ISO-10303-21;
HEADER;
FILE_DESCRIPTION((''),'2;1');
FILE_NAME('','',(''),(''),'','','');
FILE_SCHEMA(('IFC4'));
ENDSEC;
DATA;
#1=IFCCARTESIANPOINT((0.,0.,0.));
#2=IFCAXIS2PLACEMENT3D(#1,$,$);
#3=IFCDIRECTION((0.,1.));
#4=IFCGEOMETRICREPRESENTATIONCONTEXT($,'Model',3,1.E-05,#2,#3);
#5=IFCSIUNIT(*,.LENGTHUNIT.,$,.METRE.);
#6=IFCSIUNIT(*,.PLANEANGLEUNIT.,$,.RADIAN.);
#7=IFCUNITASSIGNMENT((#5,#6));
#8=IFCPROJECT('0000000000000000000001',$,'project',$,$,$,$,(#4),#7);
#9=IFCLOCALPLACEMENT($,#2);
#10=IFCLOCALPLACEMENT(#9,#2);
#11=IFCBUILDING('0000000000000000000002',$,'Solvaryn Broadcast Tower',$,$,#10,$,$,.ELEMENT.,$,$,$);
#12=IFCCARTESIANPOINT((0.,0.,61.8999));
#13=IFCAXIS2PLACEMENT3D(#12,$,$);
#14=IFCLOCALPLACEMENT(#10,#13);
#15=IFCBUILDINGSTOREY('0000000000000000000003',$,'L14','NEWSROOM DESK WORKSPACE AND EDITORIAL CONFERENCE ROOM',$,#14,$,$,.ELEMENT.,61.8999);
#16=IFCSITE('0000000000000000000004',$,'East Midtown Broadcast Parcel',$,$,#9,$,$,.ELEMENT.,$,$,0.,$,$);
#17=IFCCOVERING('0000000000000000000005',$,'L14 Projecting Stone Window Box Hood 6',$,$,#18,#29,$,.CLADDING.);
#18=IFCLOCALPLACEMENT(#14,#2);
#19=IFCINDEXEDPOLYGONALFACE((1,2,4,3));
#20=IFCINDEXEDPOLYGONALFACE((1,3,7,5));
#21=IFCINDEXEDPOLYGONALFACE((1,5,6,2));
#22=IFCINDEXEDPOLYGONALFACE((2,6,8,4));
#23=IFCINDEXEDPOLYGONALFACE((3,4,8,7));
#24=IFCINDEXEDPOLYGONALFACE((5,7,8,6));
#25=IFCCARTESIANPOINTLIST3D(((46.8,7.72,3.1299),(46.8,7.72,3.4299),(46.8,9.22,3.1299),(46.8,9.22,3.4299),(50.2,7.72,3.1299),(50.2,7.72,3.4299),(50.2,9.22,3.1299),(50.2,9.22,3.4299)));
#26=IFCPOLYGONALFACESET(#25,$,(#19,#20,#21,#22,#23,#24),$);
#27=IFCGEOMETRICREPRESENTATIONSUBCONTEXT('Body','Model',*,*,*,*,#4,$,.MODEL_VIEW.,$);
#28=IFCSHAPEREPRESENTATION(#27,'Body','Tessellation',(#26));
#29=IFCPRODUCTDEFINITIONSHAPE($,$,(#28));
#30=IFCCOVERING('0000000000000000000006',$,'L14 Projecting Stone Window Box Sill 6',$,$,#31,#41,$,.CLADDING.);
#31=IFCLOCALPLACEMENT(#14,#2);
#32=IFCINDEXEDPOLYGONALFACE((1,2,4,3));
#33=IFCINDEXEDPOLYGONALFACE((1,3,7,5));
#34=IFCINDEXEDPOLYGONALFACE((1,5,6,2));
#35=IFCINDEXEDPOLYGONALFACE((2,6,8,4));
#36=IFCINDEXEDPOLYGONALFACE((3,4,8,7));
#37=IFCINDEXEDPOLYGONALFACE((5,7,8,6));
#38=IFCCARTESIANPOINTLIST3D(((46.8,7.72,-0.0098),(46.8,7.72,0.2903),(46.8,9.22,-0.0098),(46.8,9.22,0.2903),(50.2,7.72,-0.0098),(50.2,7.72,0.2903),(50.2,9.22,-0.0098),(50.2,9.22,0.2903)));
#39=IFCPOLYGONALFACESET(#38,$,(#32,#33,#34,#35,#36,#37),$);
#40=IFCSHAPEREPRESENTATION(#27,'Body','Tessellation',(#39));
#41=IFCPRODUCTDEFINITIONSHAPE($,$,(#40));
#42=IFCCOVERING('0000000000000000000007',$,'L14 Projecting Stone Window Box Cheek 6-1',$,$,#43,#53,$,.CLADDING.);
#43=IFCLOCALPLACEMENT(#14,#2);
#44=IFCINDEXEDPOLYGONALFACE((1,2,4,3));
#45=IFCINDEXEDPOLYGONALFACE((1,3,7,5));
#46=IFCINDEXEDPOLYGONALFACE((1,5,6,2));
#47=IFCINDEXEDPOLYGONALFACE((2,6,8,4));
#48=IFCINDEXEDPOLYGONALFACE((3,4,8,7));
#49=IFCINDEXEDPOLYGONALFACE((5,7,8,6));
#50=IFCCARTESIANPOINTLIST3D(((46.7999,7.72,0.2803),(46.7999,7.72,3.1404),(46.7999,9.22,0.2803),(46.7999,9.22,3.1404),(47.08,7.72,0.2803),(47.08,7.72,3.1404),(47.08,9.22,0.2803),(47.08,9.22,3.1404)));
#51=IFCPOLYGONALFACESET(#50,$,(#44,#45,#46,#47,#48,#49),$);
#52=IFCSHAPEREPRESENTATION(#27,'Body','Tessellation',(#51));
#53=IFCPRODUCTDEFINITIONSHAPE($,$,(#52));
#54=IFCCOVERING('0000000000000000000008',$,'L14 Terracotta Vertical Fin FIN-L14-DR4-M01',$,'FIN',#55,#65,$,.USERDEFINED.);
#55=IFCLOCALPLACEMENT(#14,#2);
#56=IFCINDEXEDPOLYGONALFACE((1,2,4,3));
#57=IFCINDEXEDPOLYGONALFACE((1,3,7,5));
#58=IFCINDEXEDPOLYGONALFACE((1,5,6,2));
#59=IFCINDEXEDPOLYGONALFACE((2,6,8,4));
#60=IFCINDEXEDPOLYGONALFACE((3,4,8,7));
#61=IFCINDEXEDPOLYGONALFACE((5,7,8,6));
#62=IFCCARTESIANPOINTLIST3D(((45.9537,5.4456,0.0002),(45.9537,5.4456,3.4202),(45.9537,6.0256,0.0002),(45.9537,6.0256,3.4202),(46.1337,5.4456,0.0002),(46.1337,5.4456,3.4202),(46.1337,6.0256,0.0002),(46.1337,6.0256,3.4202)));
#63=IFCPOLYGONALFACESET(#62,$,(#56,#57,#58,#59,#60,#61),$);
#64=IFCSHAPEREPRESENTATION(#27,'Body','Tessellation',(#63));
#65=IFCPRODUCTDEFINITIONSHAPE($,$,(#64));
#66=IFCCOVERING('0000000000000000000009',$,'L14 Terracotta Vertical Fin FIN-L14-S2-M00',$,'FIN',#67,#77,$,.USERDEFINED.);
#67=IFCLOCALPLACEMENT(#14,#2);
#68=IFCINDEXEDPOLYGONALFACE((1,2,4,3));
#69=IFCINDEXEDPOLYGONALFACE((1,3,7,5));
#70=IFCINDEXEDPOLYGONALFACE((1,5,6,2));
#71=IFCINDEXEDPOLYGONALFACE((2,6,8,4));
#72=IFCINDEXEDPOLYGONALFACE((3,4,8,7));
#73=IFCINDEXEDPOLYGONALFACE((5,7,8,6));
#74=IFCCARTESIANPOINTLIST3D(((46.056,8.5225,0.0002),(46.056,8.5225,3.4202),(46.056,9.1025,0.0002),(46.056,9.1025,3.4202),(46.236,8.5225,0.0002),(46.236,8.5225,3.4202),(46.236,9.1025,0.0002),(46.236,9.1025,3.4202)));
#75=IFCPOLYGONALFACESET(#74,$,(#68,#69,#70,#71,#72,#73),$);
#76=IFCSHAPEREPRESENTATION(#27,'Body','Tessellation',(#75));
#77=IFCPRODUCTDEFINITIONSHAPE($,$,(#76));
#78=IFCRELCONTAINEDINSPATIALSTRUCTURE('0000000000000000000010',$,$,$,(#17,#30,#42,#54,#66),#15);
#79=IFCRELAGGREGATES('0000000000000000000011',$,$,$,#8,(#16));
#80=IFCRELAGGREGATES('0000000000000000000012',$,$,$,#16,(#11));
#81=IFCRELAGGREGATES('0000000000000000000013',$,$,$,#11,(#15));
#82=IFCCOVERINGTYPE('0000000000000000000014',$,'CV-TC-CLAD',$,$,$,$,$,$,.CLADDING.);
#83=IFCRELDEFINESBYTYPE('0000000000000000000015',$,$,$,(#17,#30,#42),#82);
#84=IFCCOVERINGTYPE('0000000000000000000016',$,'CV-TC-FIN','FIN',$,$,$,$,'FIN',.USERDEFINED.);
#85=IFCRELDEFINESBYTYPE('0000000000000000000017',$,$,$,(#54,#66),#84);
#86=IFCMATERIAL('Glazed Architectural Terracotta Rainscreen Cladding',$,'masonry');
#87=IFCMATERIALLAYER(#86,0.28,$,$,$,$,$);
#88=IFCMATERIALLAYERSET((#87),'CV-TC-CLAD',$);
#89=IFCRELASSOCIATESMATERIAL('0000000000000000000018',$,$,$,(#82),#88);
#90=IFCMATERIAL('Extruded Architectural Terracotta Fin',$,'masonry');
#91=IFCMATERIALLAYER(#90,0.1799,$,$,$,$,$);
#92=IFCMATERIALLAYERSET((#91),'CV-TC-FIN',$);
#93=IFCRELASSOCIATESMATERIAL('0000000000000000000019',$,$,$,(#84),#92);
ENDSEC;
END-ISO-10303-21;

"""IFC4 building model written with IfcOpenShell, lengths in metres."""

from ifc_helpers import new_model, si_unit, direction, frame, origin, origin_2d, place, context, subcontext, project, spatial, rectangle, extrude, material, layer, layer_set, type_object, element, save


model = new_model("IFC4")

# Units and contexts
model_context = context("Model", 3, precision=1e-05, world=origin(), true_north=direction((0.0, 1.0)))
body_context = subcontext(model_context, "Body", "Model", "MODEL_VIEW")
ifc_project = project(units=[si_unit("LENGTHUNIT", "METRE"), si_unit("PLANEANGLEUNIT", "RADIAN")], contexts=[model_context])

# Site, building, storey
site_placement = place(None, origin())
site = spatial("IfcSite", under=ifc_project, at=site_placement, Name="East Midtown Broadcast Parcel", CompositionType="ELEMENT", RefElevation=0.0)
building_placement = place(site_placement, origin())
building = spatial("IfcBuilding", under=site, at=building_placement, Name="Solvaryn Broadcast Tower", CompositionType="ELEMENT")
storey_placement = place(building_placement, frame((0.0, 0.0, 61.8999)))
storey = spatial("IfcBuildingStorey", under=building, at=storey_placement, Name="L14", Description="NEWSROOM DESK WORKSPACE AND EDITORIAL CONFERENCE ROOM", CompositionType="ELEMENT", Elevation=61.8999)

# Coverings
ifc_material_1 = material(Name="Glazed Architectural Terracotta Rainscreen Cladding", Category="masonry")
ifc_layer_1 = layer(ifc_material_1, 0.28)
ifc_layer_set_1 = layer_set([ifc_layer_1], Name="CV-TC-CLAD")
covering_type_1 = type_object("IfcCoveringType", Name="CV-TC-CLAD", PredefinedType="CLADDING", material=ifc_layer_set_1)
for number, where, z_axis, x_axis, name in (
    (1, (48.5, 8.47, 3.1299), (0.0, 0.0, 1.0), (1.0, 0.0, 0.0), "L14 Projecting Stone Window Box Hood 6"),
    (2, (48.5, 8.47, -0.0098), (0.0, 0.0, 1.0), (1.0, 0.0, 0.0), "L14 Projecting Stone Window Box Sill 6"),
):
    element("IfcCovering", number, at=place(storey_placement, frame(where, z_axis=z_axis, x_axis=x_axis)), inside=storey, type_object=covering_type_1, Name=name, PredefinedType="CLADDING", context=body_context, shape_type="SweptSolid", body=[
        extrude(rectangle(XDim=3.3999, YDim=1.5, at=origin_2d()), origin(), (0.0, 0.0, 1.0), 0.3),
    ])
covering_1_placement = place(storey_placement, frame((46.9399, 8.47, 0.2803), z_axis=(0.0, 0.0, 1.0), x_axis=(1.0, 0.0, 0.0)))
element("IfcCovering", 3, at=covering_1_placement, inside=storey, type_object=covering_type_1, Name="L14 Projecting Stone Window Box Cheek 6-1", PredefinedType="CLADDING", context=body_context, shape_type="SweptSolid", body=[
    extrude(rectangle(XDim=0.28, YDim=1.5, at=origin_2d()), origin(), (0.0, 0.0, 1.0), 2.8601),
])
ifc_material_2 = material(Name="Extruded Architectural Terracotta Fin", Category="masonry")
ifc_layer_2 = layer(ifc_material_2, 0.1799)
ifc_layer_set_2 = layer_set([ifc_layer_2], Name="CV-TC-FIN")
covering_type_2 = type_object("IfcCoveringType", Name="CV-TC-FIN", Description="FIN", ElementType="FIN", PredefinedType="USERDEFINED", material=ifc_layer_set_2)
for number, where, z_axis, x_axis, name in (
    (4, (46.0437, 5.7356, 0.0002), (0.0, 0.0, 1.0), (1.0, 0.0, 0.0), "L14 Terracotta Vertical Fin FIN-L14-DR4-M01"),
    (5, (46.146, 8.8125, 0.0002), (0.0, 0.0, 1.0), (1.0, 0.0, 0.0), "L14 Terracotta Vertical Fin FIN-L14-S2-M00"),
):
    element("IfcCovering", number, at=place(storey_placement, frame(where, z_axis=z_axis, x_axis=x_axis)), inside=storey, type_object=covering_type_2, Name=name, ObjectType="FIN", PredefinedType="USERDEFINED", context=body_context, shape_type="SweptSolid", body=[
        extrude(rectangle(XDim=0.1799, YDim=0.5801, at=origin_2d()), origin(), (0.0, 0.0, 1.0), 3.4199),
    ])

save(model, "model.ifc")
